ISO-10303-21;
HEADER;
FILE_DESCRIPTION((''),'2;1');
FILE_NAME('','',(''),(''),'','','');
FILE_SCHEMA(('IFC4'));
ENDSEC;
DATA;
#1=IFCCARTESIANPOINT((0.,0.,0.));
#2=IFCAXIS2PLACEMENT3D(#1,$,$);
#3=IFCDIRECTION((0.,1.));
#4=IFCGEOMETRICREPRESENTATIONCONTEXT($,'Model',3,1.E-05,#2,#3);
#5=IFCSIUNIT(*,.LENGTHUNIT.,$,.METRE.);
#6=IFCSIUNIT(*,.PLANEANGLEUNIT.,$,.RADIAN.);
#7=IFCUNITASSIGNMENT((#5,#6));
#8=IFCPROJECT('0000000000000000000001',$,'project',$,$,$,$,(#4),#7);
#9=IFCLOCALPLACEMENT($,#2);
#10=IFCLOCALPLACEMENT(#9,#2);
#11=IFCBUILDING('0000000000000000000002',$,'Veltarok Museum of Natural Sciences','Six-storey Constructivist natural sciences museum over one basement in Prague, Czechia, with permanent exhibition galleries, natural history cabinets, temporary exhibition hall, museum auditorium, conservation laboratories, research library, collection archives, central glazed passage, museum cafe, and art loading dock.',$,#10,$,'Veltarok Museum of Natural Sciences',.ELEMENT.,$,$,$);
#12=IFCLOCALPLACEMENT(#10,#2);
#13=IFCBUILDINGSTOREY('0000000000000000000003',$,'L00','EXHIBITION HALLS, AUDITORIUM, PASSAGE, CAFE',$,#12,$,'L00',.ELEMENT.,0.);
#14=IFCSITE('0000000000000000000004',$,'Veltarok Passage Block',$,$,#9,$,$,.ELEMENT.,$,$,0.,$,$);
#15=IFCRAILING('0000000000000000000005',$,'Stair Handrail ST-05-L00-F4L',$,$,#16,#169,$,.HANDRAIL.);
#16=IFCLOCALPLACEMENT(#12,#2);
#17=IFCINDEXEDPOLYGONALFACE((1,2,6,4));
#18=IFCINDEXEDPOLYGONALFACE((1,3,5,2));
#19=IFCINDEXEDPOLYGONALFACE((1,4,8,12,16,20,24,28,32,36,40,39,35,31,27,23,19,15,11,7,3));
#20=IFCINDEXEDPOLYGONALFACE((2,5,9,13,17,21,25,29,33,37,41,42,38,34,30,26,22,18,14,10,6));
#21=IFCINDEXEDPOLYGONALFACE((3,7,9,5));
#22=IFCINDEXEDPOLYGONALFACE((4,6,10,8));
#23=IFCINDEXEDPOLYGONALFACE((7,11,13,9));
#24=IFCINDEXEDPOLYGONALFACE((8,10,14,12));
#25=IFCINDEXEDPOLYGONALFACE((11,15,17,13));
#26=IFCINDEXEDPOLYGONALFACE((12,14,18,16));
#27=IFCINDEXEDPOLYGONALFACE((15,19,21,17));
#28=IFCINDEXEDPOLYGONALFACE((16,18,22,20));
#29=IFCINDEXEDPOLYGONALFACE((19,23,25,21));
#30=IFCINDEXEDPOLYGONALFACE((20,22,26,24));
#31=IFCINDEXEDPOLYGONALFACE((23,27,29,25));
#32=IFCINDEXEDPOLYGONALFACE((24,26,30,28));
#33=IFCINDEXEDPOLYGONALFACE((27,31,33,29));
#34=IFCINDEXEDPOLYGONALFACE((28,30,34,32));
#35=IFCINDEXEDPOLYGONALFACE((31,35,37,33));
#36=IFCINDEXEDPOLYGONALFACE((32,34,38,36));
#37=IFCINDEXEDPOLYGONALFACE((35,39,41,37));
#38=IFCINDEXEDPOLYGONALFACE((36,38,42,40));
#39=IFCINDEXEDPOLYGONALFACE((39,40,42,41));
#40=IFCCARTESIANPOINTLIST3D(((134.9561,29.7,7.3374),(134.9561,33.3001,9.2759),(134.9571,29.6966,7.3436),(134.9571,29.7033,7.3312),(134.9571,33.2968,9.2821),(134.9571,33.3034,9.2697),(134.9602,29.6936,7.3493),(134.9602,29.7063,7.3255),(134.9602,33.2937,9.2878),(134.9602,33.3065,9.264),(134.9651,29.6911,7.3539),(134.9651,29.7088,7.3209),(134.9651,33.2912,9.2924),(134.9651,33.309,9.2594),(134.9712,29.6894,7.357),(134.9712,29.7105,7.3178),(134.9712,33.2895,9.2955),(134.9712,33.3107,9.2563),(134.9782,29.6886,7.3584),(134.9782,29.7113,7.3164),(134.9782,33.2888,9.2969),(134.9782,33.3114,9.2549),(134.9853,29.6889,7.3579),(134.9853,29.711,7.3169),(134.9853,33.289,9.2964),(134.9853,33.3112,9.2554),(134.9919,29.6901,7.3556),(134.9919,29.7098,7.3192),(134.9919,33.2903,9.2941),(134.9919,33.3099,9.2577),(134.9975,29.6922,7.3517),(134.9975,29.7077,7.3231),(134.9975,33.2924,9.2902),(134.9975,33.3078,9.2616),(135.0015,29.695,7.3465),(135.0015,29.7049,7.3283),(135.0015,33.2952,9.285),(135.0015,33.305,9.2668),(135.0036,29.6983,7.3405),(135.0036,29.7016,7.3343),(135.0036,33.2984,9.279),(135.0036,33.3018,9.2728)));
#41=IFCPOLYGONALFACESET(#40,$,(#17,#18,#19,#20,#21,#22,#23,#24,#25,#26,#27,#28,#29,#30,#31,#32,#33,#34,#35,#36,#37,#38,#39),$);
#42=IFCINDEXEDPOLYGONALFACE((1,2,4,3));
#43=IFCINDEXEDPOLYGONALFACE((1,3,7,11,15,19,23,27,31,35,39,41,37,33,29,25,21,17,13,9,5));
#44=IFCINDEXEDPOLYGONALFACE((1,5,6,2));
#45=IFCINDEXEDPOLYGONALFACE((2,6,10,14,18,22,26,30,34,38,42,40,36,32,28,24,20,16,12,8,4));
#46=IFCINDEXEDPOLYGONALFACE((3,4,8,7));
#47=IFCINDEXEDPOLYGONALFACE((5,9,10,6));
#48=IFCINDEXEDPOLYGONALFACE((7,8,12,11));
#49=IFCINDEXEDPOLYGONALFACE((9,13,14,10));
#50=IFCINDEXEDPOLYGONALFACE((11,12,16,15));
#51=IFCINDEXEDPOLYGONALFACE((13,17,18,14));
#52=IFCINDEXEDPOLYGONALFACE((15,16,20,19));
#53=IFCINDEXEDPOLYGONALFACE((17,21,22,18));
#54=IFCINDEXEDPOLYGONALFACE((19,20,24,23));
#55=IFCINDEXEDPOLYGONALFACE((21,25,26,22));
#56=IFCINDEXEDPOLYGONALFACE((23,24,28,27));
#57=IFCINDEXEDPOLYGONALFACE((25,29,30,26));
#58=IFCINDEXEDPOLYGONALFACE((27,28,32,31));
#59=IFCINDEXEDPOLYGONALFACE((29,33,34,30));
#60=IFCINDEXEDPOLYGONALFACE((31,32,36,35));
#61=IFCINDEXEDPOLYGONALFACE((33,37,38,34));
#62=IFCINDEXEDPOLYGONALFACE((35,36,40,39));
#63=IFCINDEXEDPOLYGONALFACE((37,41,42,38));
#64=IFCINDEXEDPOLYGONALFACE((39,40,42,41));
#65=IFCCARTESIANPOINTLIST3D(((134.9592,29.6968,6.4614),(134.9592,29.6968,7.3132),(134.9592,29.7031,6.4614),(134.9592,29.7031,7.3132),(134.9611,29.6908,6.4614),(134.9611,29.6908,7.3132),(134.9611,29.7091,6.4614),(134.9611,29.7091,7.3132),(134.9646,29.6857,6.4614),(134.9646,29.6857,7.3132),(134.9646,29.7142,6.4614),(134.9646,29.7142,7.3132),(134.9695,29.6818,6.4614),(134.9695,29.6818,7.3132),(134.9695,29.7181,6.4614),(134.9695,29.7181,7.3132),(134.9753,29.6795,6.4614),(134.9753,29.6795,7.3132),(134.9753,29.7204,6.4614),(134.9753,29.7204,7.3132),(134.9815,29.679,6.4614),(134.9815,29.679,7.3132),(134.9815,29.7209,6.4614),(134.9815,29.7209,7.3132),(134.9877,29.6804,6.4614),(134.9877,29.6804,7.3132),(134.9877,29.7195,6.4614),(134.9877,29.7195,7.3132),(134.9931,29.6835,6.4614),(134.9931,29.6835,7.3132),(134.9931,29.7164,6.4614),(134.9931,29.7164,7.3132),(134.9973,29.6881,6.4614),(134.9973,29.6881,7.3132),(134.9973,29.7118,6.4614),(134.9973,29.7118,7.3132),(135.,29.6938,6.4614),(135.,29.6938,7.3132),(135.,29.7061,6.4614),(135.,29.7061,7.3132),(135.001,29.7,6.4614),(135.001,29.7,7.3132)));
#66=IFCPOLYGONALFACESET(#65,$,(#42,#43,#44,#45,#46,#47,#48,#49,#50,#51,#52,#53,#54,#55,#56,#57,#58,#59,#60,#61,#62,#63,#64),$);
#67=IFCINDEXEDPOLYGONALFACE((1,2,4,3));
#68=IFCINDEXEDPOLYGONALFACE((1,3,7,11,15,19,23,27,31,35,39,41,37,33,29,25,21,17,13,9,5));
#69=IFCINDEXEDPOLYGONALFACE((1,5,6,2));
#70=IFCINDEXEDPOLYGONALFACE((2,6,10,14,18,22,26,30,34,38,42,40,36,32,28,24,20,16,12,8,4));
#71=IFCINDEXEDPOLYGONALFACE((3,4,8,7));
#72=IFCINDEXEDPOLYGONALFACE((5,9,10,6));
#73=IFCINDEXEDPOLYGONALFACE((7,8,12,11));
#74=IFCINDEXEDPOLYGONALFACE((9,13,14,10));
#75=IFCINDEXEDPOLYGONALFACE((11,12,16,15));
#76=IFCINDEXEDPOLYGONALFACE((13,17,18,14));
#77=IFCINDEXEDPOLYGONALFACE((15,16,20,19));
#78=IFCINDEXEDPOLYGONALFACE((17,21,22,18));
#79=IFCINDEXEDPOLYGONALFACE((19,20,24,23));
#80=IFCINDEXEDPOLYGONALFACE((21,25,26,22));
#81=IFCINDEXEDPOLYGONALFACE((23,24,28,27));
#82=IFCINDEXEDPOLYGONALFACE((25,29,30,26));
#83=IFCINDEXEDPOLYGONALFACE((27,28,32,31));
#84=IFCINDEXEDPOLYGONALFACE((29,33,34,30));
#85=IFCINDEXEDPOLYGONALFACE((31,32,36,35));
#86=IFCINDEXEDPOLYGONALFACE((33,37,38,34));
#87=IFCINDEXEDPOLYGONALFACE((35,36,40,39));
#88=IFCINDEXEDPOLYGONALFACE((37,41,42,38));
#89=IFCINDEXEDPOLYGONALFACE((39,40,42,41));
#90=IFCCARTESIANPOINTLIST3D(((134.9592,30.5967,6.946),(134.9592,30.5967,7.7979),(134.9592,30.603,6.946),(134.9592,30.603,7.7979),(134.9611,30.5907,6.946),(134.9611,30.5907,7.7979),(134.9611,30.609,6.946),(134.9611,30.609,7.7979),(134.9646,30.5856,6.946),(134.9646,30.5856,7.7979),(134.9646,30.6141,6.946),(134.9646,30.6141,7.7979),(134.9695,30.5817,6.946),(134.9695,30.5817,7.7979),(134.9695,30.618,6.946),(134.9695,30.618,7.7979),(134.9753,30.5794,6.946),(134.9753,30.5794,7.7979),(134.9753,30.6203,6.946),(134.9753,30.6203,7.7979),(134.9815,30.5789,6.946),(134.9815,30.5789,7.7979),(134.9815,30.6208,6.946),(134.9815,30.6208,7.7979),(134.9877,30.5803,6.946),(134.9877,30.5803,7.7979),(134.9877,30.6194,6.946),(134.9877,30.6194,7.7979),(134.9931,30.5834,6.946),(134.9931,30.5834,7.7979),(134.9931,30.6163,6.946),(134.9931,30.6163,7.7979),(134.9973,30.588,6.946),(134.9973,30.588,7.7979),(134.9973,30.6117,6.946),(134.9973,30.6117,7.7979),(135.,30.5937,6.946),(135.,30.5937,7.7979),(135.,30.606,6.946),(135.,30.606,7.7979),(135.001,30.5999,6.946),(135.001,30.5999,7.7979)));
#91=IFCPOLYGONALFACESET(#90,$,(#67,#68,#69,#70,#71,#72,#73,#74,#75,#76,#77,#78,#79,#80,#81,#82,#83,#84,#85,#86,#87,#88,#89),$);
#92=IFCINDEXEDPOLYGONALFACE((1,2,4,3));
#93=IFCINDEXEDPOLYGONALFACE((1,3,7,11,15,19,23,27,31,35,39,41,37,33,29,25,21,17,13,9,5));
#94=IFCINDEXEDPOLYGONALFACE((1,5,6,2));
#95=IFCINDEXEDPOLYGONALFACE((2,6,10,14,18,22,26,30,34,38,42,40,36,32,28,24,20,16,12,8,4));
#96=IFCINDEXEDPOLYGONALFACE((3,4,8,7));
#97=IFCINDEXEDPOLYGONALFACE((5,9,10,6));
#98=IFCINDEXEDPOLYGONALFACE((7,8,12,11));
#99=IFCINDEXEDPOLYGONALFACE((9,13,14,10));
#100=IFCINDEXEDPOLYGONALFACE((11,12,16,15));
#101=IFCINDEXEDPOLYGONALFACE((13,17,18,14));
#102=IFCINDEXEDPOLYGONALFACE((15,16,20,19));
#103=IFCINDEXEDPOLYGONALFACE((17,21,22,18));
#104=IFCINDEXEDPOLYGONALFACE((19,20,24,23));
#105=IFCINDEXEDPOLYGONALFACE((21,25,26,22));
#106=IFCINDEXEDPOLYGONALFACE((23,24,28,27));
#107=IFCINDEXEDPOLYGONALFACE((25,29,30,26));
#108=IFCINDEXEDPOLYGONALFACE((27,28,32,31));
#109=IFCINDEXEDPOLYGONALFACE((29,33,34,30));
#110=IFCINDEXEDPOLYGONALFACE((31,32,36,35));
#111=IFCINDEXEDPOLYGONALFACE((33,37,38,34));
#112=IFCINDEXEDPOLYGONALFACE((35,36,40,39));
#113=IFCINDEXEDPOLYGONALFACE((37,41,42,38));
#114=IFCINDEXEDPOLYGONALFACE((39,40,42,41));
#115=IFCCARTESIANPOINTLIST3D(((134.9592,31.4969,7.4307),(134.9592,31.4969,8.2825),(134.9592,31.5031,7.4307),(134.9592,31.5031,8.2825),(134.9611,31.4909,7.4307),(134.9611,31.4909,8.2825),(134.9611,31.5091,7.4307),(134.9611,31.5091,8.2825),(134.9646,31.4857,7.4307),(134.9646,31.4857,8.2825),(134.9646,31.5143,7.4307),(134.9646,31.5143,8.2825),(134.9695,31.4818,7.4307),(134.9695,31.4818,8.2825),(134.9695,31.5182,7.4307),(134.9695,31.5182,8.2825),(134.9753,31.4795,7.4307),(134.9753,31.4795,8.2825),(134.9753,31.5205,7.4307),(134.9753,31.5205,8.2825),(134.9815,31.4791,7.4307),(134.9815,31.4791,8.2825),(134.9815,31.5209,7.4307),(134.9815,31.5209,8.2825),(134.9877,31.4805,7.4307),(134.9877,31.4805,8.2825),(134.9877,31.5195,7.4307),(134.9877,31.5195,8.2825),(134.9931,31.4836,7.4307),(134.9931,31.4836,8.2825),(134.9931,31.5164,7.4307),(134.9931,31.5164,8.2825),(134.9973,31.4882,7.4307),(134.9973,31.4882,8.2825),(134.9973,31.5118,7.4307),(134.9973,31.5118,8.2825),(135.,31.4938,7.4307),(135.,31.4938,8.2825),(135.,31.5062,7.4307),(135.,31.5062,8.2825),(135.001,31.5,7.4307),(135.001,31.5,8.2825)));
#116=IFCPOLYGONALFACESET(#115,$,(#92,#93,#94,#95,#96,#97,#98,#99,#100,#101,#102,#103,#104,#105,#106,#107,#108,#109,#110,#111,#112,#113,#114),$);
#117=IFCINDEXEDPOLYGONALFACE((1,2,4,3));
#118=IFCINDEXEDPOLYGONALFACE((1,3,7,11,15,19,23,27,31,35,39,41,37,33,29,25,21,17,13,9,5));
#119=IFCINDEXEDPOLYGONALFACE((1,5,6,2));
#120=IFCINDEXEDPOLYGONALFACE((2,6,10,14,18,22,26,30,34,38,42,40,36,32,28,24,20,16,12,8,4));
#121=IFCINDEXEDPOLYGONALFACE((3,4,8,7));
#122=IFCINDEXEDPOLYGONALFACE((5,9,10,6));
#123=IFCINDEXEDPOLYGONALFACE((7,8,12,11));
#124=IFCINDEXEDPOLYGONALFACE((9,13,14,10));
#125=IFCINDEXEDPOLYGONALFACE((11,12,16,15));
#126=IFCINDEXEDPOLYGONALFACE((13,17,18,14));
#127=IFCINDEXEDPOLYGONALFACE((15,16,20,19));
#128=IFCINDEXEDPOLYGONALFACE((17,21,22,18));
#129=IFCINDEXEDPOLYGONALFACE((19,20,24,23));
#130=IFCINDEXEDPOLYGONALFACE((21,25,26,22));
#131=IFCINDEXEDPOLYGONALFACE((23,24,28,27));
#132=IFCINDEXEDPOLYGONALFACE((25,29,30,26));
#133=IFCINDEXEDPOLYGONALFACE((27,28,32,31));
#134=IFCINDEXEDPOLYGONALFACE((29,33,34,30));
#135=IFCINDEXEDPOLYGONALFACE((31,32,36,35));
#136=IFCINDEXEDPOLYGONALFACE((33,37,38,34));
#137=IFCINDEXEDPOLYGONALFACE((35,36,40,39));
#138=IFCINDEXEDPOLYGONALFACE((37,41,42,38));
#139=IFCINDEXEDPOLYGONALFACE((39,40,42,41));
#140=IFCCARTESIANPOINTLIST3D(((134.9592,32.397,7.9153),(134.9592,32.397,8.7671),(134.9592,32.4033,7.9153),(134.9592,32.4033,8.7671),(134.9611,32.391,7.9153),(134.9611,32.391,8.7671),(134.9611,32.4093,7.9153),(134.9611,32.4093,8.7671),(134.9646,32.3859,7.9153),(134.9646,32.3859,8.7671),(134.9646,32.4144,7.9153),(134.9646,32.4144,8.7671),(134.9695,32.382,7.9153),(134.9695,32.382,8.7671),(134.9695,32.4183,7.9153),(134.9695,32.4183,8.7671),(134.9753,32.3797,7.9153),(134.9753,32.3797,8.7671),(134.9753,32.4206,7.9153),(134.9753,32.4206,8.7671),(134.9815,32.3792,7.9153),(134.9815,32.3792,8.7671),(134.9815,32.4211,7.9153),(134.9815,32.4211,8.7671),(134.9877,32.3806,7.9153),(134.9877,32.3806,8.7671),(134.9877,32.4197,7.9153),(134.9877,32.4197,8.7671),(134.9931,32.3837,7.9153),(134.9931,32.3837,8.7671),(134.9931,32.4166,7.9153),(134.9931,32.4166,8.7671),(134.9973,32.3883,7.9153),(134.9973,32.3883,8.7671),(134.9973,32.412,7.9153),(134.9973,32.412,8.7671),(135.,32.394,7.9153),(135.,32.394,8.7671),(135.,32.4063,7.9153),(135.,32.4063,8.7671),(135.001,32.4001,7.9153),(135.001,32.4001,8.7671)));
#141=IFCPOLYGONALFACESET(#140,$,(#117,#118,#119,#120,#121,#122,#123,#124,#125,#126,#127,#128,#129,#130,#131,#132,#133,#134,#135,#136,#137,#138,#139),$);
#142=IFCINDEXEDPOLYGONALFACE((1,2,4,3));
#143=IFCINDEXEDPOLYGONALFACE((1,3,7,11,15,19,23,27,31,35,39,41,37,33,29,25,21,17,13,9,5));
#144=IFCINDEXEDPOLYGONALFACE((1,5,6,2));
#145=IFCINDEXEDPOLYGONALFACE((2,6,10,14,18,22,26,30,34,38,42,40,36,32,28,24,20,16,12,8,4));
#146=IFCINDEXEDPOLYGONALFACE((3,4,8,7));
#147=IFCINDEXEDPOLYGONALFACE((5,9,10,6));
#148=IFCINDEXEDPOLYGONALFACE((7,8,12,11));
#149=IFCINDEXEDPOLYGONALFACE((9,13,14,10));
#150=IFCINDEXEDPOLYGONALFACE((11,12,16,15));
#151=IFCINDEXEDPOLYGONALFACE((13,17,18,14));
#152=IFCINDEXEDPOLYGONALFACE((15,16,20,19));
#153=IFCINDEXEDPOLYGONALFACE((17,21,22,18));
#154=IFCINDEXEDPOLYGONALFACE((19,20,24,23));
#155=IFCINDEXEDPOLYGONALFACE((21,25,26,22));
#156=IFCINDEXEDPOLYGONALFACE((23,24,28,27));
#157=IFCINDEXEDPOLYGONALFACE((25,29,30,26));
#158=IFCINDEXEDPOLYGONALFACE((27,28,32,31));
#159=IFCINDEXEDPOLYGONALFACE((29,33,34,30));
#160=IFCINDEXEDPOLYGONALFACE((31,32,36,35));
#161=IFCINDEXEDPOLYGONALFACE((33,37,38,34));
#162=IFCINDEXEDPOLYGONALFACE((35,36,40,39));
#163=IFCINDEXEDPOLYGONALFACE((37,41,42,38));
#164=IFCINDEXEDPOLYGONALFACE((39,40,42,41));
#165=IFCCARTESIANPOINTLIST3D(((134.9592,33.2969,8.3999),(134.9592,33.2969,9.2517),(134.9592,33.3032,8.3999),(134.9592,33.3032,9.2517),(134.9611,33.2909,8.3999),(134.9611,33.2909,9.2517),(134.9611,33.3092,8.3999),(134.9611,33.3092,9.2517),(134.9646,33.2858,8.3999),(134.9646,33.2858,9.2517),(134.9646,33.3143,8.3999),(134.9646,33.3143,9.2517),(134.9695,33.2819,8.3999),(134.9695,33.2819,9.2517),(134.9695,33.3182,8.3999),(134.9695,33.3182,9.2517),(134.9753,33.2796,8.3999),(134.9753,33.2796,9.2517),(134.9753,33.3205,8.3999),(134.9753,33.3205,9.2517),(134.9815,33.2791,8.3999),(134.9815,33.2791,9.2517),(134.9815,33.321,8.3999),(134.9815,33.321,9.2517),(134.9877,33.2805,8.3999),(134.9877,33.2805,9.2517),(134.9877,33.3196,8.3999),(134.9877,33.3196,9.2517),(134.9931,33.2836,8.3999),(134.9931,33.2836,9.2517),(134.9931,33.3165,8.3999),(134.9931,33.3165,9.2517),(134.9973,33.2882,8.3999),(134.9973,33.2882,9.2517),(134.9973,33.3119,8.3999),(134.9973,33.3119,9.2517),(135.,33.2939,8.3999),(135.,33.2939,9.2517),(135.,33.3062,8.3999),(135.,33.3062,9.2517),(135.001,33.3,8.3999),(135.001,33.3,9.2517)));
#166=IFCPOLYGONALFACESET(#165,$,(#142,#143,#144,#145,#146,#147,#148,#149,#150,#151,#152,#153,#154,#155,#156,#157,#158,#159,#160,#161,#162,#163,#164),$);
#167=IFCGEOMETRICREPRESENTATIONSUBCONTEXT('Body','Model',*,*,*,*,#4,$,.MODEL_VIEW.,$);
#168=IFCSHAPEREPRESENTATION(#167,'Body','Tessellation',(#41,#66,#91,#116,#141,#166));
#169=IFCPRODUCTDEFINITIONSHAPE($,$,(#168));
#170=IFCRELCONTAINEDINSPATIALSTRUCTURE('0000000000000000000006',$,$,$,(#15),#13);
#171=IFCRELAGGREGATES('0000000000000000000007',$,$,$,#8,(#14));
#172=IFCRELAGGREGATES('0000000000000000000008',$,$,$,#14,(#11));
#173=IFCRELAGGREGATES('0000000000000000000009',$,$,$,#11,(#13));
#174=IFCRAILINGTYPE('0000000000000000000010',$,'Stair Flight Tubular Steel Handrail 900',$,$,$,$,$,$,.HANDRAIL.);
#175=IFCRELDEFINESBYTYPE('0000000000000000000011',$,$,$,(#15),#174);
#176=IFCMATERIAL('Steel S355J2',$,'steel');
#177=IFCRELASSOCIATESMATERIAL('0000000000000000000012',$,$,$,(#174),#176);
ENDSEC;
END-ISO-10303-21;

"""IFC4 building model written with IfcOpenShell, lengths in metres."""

from ifc_helpers import new_model, si_unit, direction, frame, origin, origin_2d, place, context, subcontext, project, spatial, circle, extrude, material, type_object, element, save


model = new_model("IFC4")

# Units and contexts
model_context = context("Model", 3, precision=1e-05, world=origin(), true_north=direction((0.0, 1.0)))
body_context = subcontext(model_context, "Body", "Model", "MODEL_VIEW")
ifc_project = project(units=[si_unit("LENGTHUNIT", "METRE"), si_unit("PLANEANGLEUNIT", "RADIAN")], contexts=[model_context])

# Site, building, storey
site_placement = place(None, origin())
site = spatial("IfcSite", under=ifc_project, at=site_placement, Name="Veltarok Passage Block", CompositionType="ELEMENT", RefElevation=0.0)
building_placement = place(site_placement, origin())
building = spatial("IfcBuilding", under=site, at=building_placement, Name="Veltarok Museum of Natural Sciences", Description="Six-storey Constructivist natural sciences museum over one basement in Prague, Czechia, with permanent exhibition galleries, natural history cabinets, temporary exhibition hall, museum auditorium, conservation laboratories, research library, collection archives, central glazed passage, museum cafe, and art loading dock.", LongName="Veltarok Museum of Natural Sciences", CompositionType="ELEMENT")
storey_placement = place(building_placement, origin())
storey = spatial("IfcBuildingStorey", under=building, at=storey_placement, Name="L00", Description="EXHIBITION HALLS, AUDITORIUM, PASSAGE, CAFE", LongName="L00", CompositionType="ELEMENT", Elevation=0.0)

# Shared definitions
ifc_material_1 = material(Name="Steel S355J2", Category="steel")

# Railing
railing_type_1 = type_object("IfcRailingType", Name="Stair Flight Tubular Steel Handrail 900", PredefinedType="HANDRAIL", material=ifc_material_1)
for number, where, name in (
    (1, (134.98, 29.7, 6.4614), "Stair Handrail ST-05-L00-F4L"),
):
    element("IfcRailing", number, at=place(storey_placement, frame(where)), inside=storey, type_object=railing_type_1, Name=name, PredefinedType="HANDRAIL", context=body_context, shape_type="SweptSolid", body=[
        extrude(circle(Radius=0.0239, at=origin_2d()), frame((0.0, 0.0, 0.876), z_axis=(0.0, 0.880475, 0.474093), x_axis=(-1.0, 0.0, 0.0)), (0.0, 0.0, 1.0), 4.0889),
        extrude(circle(Radius=0.021, at=origin_2d()), origin(), (0.0, 0.0, 1.0), 0.8518),
        extrude(circle(Radius=0.021, at=origin_2d()), frame((0.0, 0.8999, 0.4846)), (0.0, 0.0, 1.0), 0.8518),
        extrude(circle(Radius=0.021, at=origin_2d()), frame((0.0, 1.8, 0.9692)), (0.0, 0.0, 1.0), 0.8518),
        extrude(circle(Radius=0.021, at=origin_2d()), frame((0.0, 2.7002, 1.4539)), (0.0, 0.0, 1.0), 0.8518),
        extrude(circle(Radius=0.021, at=origin_2d()), frame((0.0, 3.6001, 1.9385)), (0.0, 0.0, 1.0), 0.8518),
    ])

save(model, "model.ifc")
